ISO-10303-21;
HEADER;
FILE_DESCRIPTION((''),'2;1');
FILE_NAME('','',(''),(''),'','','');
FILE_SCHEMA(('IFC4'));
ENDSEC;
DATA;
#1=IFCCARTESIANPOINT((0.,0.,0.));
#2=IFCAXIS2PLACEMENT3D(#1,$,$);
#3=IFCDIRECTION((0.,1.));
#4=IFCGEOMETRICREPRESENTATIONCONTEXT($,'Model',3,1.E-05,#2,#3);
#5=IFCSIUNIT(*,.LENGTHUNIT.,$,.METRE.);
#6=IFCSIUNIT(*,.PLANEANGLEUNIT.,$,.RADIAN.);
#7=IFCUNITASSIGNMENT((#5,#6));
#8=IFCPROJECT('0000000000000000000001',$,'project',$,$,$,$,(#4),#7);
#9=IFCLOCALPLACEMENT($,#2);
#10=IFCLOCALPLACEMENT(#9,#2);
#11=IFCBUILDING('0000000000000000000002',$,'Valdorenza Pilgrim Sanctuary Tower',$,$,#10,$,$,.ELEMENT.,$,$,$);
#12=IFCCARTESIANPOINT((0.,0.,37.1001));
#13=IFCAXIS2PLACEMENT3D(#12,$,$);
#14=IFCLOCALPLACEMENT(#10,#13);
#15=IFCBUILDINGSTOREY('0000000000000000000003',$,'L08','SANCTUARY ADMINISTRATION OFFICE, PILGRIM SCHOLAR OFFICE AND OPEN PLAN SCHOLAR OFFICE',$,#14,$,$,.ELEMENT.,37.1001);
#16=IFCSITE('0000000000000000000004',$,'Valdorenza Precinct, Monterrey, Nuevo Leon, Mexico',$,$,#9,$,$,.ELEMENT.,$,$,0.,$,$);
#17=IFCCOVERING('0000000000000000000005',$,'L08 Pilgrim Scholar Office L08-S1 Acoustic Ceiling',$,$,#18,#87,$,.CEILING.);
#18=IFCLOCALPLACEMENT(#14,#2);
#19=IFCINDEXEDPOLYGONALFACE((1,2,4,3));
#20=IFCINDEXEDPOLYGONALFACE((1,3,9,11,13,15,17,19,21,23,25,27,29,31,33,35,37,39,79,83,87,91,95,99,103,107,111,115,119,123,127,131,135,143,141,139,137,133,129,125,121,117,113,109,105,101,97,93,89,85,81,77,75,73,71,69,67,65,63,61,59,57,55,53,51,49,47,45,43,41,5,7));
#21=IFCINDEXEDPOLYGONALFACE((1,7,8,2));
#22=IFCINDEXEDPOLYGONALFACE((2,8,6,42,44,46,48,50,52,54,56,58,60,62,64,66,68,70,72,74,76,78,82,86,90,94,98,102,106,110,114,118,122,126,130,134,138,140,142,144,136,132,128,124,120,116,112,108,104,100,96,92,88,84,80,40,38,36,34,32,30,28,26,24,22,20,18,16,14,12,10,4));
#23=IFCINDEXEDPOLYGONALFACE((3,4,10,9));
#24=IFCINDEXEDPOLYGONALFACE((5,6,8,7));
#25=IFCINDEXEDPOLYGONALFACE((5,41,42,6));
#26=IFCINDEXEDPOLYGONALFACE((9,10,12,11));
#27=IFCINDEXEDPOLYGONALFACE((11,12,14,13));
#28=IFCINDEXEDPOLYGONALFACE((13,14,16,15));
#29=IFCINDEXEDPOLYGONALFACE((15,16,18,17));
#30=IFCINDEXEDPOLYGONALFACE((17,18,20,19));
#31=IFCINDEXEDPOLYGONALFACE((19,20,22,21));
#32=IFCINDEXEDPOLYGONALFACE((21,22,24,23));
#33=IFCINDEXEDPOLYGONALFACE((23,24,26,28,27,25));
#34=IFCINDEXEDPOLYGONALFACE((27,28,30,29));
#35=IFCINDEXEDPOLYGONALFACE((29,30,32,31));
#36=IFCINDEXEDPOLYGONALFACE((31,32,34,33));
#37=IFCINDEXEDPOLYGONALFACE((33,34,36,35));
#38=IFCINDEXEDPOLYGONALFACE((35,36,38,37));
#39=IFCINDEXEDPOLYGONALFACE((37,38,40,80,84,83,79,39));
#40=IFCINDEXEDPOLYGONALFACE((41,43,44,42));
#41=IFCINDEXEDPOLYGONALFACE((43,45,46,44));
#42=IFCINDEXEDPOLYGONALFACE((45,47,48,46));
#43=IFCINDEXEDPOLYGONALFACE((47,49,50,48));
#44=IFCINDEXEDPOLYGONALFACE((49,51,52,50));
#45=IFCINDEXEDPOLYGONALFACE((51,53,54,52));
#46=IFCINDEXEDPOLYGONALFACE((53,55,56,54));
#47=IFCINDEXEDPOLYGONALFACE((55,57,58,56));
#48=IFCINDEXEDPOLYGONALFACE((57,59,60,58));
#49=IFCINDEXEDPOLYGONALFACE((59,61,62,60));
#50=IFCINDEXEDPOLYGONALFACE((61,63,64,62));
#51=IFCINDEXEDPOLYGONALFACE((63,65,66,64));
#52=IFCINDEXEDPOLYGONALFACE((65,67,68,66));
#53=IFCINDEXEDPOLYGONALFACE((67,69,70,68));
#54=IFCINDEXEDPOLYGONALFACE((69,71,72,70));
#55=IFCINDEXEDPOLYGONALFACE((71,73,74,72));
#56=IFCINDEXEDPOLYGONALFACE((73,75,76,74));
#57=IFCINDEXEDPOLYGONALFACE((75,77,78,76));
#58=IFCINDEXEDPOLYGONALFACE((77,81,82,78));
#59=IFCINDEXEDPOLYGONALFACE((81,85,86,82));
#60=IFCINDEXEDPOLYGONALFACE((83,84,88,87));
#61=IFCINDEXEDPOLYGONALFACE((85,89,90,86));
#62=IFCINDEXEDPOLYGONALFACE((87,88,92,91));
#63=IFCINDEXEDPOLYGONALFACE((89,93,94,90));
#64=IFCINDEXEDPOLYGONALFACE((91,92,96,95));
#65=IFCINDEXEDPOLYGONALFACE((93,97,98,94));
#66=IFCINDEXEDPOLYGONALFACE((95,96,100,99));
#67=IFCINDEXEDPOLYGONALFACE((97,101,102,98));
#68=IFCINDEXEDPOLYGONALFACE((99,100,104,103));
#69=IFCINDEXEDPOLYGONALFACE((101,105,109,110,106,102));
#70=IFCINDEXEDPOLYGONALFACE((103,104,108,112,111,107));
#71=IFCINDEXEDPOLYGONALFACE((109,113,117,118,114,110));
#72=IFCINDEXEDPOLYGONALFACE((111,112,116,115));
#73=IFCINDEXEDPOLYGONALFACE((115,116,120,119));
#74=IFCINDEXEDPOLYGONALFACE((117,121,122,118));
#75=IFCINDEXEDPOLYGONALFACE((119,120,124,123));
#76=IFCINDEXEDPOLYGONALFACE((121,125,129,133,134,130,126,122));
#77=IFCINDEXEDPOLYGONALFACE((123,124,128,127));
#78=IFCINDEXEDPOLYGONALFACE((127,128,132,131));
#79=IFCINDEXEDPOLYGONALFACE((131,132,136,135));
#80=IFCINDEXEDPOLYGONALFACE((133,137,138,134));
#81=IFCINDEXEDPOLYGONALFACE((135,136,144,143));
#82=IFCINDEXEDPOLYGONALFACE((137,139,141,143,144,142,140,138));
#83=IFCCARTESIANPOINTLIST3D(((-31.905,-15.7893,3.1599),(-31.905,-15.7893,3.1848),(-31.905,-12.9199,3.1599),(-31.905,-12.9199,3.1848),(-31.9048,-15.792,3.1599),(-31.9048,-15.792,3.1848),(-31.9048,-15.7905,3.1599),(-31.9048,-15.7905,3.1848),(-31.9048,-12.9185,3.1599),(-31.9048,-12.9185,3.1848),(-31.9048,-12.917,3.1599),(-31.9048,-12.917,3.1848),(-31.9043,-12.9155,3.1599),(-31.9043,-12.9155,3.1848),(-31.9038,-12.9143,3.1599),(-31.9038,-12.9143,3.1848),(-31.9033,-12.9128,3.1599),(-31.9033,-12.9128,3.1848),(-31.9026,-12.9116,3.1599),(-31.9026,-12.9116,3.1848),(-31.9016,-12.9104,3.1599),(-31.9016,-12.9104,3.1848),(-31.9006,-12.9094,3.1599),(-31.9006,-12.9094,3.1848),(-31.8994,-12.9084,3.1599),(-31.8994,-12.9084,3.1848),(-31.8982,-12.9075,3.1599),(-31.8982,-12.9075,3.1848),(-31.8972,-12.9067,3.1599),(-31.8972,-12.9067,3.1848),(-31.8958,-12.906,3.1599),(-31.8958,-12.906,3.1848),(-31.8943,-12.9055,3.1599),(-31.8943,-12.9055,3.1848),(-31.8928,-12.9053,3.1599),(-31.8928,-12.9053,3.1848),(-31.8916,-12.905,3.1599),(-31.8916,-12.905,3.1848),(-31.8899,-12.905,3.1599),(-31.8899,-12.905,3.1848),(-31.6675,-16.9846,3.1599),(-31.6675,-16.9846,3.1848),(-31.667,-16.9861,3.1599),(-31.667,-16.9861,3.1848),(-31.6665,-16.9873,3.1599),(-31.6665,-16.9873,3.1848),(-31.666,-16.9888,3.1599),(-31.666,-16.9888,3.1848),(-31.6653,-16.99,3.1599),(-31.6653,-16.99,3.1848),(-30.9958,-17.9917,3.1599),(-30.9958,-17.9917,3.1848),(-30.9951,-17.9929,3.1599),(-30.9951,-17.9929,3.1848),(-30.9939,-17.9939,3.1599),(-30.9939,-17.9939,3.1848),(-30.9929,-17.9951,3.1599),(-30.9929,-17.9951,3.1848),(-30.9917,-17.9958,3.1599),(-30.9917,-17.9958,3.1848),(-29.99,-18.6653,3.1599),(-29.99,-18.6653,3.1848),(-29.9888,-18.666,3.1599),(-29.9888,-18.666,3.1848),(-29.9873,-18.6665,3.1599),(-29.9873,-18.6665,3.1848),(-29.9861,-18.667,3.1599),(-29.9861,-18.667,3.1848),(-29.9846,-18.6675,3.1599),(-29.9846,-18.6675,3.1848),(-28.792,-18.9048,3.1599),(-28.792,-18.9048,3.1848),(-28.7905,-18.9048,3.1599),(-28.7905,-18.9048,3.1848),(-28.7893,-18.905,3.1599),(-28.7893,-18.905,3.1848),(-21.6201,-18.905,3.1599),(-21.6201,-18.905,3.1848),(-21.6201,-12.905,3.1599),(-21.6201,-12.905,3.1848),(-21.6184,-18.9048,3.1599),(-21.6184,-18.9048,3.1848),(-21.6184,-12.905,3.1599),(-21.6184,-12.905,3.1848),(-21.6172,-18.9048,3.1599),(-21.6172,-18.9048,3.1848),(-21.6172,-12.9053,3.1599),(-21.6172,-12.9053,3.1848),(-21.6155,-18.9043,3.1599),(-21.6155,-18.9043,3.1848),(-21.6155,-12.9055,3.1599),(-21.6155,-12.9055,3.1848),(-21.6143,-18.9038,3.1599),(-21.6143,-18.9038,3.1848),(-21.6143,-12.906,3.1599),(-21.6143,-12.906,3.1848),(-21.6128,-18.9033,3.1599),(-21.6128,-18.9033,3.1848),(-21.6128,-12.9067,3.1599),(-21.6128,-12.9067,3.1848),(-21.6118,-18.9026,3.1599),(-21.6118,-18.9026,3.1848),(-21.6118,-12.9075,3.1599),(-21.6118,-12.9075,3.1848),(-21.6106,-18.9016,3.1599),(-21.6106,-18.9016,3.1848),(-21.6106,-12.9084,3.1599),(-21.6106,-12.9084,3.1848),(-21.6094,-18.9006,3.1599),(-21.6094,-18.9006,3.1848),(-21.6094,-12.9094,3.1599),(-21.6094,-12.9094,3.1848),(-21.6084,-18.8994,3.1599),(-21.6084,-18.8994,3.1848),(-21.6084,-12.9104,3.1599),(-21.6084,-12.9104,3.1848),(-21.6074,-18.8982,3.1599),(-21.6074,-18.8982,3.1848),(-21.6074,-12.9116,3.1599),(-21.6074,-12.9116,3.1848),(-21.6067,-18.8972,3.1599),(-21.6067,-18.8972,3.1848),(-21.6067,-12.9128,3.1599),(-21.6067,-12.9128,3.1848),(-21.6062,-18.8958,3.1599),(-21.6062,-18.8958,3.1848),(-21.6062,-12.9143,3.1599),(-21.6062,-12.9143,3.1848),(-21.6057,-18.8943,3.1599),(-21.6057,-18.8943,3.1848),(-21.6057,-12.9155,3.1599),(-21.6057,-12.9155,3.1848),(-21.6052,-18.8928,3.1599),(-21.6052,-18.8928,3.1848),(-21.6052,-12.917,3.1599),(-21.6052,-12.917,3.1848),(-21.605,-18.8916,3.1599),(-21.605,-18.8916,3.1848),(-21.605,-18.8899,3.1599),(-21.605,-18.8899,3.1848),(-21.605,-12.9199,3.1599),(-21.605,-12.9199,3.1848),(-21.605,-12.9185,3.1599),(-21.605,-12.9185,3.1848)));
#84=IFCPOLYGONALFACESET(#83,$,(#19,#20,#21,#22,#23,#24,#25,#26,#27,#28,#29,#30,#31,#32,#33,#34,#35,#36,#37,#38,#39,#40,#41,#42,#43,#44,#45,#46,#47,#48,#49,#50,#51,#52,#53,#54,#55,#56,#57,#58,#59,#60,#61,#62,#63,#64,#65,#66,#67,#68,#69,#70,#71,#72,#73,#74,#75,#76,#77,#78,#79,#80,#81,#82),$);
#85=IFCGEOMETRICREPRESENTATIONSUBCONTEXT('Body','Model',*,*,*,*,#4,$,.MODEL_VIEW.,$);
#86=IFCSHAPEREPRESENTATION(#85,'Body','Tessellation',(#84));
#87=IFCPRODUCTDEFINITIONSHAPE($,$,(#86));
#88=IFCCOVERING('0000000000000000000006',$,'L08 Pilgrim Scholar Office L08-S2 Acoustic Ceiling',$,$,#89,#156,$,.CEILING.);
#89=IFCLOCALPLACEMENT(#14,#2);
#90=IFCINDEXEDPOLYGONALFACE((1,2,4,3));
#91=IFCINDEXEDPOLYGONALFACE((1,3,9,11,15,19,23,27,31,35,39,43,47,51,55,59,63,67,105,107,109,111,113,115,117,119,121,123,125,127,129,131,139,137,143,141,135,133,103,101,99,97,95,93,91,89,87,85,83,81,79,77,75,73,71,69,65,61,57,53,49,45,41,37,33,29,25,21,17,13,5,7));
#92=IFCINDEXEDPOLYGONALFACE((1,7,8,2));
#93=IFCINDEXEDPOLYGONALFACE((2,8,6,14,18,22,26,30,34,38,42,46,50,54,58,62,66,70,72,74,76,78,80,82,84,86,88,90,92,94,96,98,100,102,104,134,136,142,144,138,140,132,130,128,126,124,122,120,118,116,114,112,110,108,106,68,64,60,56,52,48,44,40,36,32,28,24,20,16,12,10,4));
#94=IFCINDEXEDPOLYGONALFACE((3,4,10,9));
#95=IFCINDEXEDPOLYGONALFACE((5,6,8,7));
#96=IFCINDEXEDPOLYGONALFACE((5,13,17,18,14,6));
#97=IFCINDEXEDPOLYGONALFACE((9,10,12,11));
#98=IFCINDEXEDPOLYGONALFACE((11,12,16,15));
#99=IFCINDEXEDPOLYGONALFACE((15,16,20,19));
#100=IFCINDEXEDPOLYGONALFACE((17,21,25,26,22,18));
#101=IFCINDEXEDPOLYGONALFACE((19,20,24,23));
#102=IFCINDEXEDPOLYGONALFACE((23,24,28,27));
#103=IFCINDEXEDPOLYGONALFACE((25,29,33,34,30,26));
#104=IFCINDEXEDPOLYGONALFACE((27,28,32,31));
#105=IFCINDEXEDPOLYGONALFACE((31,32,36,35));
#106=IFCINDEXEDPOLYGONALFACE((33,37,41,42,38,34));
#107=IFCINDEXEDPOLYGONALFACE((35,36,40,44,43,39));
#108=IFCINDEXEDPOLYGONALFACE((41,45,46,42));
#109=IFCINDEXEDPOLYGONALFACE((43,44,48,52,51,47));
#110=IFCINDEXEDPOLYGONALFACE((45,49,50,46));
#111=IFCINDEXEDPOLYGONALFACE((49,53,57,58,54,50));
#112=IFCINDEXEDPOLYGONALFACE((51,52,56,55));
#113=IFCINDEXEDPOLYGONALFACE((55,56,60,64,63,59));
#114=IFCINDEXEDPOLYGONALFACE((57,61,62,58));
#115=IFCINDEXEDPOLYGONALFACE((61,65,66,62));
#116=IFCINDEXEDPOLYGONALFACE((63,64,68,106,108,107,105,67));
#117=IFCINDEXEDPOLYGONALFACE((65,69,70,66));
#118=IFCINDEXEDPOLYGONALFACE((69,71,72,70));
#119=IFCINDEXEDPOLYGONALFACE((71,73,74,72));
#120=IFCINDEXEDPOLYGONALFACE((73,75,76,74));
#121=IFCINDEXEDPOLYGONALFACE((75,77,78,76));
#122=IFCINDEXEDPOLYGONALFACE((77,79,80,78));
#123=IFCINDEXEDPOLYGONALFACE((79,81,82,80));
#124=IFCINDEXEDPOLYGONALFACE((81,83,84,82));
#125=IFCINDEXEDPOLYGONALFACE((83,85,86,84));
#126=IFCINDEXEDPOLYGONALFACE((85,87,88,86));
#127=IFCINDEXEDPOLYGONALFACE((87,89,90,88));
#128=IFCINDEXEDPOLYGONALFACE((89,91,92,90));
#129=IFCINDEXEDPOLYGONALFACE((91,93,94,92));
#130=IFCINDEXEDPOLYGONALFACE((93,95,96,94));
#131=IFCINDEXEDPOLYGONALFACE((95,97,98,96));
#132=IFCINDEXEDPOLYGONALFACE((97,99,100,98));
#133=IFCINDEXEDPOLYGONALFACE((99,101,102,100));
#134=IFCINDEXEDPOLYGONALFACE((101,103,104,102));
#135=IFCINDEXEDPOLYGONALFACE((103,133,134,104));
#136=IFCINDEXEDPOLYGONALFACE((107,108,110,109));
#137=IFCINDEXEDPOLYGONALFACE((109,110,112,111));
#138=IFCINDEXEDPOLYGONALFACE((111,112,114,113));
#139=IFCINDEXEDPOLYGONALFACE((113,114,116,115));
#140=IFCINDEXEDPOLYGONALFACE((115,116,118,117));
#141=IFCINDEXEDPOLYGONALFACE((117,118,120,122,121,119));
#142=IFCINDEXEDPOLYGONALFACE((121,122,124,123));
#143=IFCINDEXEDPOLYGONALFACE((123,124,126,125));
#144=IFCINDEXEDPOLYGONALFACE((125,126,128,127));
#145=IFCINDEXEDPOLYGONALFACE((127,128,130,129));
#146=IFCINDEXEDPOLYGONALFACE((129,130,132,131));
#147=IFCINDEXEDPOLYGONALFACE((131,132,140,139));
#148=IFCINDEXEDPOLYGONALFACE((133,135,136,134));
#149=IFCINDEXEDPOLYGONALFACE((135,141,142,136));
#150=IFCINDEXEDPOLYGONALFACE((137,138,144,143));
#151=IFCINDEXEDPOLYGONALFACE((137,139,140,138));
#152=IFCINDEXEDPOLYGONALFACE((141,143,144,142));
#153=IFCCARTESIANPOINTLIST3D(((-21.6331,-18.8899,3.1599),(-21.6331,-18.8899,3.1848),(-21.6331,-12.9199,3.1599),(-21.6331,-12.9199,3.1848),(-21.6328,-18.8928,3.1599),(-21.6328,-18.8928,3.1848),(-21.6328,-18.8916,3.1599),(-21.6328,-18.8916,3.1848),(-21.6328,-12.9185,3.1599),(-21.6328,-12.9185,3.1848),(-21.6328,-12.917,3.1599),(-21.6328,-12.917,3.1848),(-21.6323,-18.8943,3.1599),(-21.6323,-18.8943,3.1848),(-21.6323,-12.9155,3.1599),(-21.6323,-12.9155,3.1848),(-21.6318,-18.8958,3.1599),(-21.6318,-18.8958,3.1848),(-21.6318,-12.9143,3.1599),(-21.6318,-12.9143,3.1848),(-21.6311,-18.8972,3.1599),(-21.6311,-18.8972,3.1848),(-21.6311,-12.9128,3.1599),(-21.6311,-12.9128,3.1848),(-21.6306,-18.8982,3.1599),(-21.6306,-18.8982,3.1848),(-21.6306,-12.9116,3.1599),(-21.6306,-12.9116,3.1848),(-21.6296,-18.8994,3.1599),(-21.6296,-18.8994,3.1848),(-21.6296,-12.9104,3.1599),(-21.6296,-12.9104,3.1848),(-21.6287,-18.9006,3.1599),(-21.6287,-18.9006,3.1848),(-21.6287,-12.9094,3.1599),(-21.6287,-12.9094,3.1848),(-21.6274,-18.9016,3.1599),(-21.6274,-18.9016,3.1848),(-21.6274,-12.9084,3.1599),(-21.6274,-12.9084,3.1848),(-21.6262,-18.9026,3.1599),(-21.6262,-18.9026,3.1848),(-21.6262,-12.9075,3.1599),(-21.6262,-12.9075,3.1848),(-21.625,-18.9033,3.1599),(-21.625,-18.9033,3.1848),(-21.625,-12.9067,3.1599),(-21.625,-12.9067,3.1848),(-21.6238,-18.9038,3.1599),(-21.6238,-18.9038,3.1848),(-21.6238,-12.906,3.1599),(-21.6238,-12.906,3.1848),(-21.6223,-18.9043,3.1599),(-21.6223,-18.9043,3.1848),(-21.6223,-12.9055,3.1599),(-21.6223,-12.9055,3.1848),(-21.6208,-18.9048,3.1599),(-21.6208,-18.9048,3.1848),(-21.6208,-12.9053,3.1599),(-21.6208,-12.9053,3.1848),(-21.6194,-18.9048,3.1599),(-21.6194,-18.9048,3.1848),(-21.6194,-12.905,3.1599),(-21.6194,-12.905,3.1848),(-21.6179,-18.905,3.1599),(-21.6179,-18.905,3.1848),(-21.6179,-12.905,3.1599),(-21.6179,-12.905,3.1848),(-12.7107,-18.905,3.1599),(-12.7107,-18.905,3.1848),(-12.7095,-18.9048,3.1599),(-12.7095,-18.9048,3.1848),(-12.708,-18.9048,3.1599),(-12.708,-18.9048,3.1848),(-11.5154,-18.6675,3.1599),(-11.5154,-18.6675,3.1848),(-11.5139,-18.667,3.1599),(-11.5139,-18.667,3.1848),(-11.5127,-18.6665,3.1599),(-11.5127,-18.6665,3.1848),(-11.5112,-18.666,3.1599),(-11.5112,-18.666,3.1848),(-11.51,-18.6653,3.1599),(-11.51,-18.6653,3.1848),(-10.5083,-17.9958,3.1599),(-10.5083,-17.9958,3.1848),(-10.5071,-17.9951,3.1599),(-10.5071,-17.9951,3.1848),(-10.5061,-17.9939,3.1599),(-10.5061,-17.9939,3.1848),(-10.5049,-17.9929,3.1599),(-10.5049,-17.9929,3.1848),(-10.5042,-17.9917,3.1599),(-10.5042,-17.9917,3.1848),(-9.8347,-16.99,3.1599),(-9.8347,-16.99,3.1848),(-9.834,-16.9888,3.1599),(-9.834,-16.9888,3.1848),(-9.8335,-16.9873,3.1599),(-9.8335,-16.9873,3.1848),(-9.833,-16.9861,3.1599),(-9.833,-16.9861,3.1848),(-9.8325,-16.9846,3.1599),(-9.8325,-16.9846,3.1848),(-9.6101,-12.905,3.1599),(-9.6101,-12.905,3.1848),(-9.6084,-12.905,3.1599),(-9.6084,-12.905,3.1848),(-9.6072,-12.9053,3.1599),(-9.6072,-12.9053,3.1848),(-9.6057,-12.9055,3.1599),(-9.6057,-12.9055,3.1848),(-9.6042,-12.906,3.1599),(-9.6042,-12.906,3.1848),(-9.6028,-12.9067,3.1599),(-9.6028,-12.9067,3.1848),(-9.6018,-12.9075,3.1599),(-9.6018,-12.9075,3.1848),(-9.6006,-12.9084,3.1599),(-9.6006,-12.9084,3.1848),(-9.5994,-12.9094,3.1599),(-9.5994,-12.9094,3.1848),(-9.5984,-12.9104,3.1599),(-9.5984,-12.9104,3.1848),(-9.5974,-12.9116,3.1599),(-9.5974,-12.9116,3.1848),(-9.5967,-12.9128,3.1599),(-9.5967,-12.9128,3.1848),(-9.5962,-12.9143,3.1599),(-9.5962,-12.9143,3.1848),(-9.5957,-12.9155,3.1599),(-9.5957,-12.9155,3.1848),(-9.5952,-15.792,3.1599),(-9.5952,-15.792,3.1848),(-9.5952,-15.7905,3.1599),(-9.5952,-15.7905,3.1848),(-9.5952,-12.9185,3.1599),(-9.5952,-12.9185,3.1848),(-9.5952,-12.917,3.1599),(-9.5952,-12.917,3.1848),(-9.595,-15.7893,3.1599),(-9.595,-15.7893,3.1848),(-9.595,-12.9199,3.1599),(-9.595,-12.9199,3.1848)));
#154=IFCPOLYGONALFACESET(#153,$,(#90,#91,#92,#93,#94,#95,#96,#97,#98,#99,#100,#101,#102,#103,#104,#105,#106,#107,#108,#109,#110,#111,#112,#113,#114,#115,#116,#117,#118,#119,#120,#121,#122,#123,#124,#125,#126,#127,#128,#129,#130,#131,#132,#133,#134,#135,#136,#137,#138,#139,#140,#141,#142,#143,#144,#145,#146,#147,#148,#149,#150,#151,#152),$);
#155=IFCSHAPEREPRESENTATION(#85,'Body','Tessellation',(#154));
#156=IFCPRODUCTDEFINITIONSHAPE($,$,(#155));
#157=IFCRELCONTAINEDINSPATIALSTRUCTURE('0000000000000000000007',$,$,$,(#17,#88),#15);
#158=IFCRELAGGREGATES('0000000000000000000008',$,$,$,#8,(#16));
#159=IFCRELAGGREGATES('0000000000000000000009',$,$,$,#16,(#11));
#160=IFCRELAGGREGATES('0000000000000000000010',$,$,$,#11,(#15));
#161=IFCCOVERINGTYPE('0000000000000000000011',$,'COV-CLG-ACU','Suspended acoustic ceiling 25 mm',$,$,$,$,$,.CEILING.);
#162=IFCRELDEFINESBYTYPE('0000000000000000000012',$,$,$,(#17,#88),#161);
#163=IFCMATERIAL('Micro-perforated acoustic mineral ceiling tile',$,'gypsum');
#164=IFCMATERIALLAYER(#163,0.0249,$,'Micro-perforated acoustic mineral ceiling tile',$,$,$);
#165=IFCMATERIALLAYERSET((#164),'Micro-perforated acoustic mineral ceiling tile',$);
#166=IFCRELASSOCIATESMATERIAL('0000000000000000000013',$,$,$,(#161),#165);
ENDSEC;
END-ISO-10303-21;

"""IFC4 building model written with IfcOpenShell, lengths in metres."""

from ifc_helpers import new_model, si_unit, direction, frame, origin, place, context, subcontext, project, spatial, polyline, outline, extrude, material, layer, layer_set, type_object, element, save


model = new_model("IFC4")

# Units and contexts
model_context = context("Model", 3, precision=1e-05, world=origin(), true_north=direction((0.0, 1.0)))
body_context = subcontext(model_context, "Body", "Model", "MODEL_VIEW")
ifc_project = project(units=[si_unit("LENGTHUNIT", "METRE"), si_unit("PLANEANGLEUNIT", "RADIAN")], contexts=[model_context])

# Site, building, storey
site_placement = place(None, origin())
site = spatial("IfcSite", under=ifc_project, at=site_placement, Name="Valdorenza Precinct, Monterrey, Nuevo Leon, Mexico", CompositionType="ELEMENT", RefElevation=0.0)
building_placement = place(site_placement, origin())
building = spatial("IfcBuilding", under=site, at=building_placement, Name="Valdorenza Pilgrim Sanctuary Tower", CompositionType="ELEMENT")
storey_placement = place(building_placement, frame((0.0, 0.0, 37.1001)))
storey = spatial("IfcBuildingStorey", under=building, at=storey_placement, Name="L08", Description="SANCTUARY ADMINISTRATION OFFICE, PILGRIM SCHOLAR OFFICE AND OPEN PLAN SCHOLAR OFFICE", CompositionType="ELEMENT", Elevation=37.1001)

# Coverings
ifc_material_1 = material(Name="Micro-perforated acoustic mineral ceiling tile", Category="gypsum")
ifc_layer_1 = layer(ifc_material_1, 0.0249, Name="Micro-perforated acoustic mineral ceiling tile")
ifc_layer_set_1 = layer_set([ifc_layer_1], Name="Micro-perforated acoustic mineral ceiling tile")
covering_type_1 = type_object("IfcCoveringType", Name="COV-CLG-ACU", Description="Suspended acoustic ceiling 25 mm", PredefinedType="CEILING", material=ifc_layer_set_1)
covering_1_placement = place(storey_placement, frame((0.0, 0.0, 3.1599)))
element("IfcCovering", 1, at=covering_1_placement, inside=storey, type_object=covering_type_1, Name="L08 Pilgrim Scholar Office L08-S1 Acoustic Ceiling", PredefinedType="CEILING", context=body_context, shape_type="SweptSolid", body=[
    extrude(outline(polyline([(-21.605, -18.8899), (-21.605, -18.8916), (-21.6052, -18.8928), (-21.6057, -18.8943), (-21.6062, -18.8958), (-21.6067, -18.8972), (-21.6074, -18.8982), (-21.6084, -18.8994), (-21.6094, -18.9006), (-21.6106, -18.9016), (-21.6118, -18.9026), (-21.6128, -18.9033), (-21.6143, -18.9038), (-21.6155, -18.9043), (-21.6172, -18.9048), (-21.6184, -18.9048), (-21.6201, -18.905), (-28.7893, -18.905), (-28.7905, -18.9048), (-28.792, -18.9048), (-29.9846, -18.6675), (-29.9861, -18.667), (-29.9873, -18.6665), (-29.9888, -18.666), (-29.99, -18.6653), (-30.9917, -17.9958), (-30.9929, -17.9951), (-30.9939, -17.9939), (-30.9951, -17.9929), (-30.9958, -17.9917), (-31.6653, -16.99), (-31.666, -16.9888), (-31.6665, -16.9873), (-31.667, -16.9861), (-31.6675, -16.9846), (-31.9048, -15.792), (-31.9048, -15.7905), (-31.905, -15.7893), (-31.905, -12.9199), (-31.9048, -12.9185), (-31.9048, -12.917), (-31.9043, -12.9155), (-31.9038, -12.9143), (-31.9033, -12.9128), (-31.9026, -12.9116), (-31.9016, -12.9104), (-31.9006, -12.9094), (-31.8994, -12.9084), (-31.8982, -12.9075), (-31.8972, -12.9067), (-31.8958, -12.906), (-31.8943, -12.9055), (-31.8928, -12.9053), (-31.8916, -12.905), (-31.8899, -12.905), (-21.6201, -12.905), (-21.6184, -12.905), (-21.6172, -12.9053), (-21.6155, -12.9055), (-21.6143, -12.906), (-21.6128, -12.9067), (-21.6118, -12.9075), (-21.6106, -12.9084), (-21.6094, -12.9094), (-21.6084, -12.9104), (-21.6074, -12.9116), (-21.6067, -12.9128), (-21.6062, -12.9143), (-21.6057, -12.9155), (-21.6052, -12.917), (-21.605, -12.9185), (-21.605, -12.9199), (-21.605, -18.8899)])), origin(), (0.0, 0.0, 1.0), 0.0249),
])
covering_2_placement = place(storey_placement, frame((0.0, 0.0, 3.1599)))
element("IfcCovering", 2, at=covering_2_placement, inside=storey, type_object=covering_type_1, Name="L08 Pilgrim Scholar Office L08-S2 Acoustic Ceiling", PredefinedType="CEILING", context=body_context, shape_type="SweptSolid", body=[
    extrude(outline(polyline([(-9.6101, -12.905), (-9.6084, -12.905), (-9.6072, -12.9053), (-9.6057, -12.9055), (-9.6042, -12.906), (-9.6028, -12.9067), (-9.6018, -12.9075), (-9.6006, -12.9084), (-9.5994, -12.9094), (-9.5984, -12.9104), (-9.5974, -12.9116), (-9.5967, -12.9128), (-9.5962, -12.9143), (-9.5957, -12.9155), (-9.5952, -12.917), (-9.5952, -12.9185), (-9.595, -12.9199), (-9.595, -15.7893), (-9.5952, -15.7905), (-9.5952, -15.792), (-9.8325, -16.9846), (-9.833, -16.9861), (-9.8335, -16.9873), (-9.834, -16.9888), (-9.8347, -16.99), (-10.5042, -17.9917), (-10.5049, -17.9929), (-10.5061, -17.9939), (-10.5071, -17.9951), (-10.5083, -17.9958), (-11.51, -18.6653), (-11.5112, -18.666), (-11.5127, -18.6665), (-11.5139, -18.667), (-11.5154, -18.6675), (-12.708, -18.9048), (-12.7095, -18.9048), (-12.7107, -18.905), (-21.6179, -18.905), (-21.6194, -18.9048), (-21.6208, -18.9048), (-21.6223, -18.9043), (-21.6238, -18.9038), (-21.625, -18.9033), (-21.6262, -18.9026), (-21.6274, -18.9016), (-21.6287, -18.9006), (-21.6296, -18.8994), (-21.6306, -18.8982), (-21.6311, -18.8972), (-21.6318, -18.8958), (-21.6323, -18.8943), (-21.6328, -18.8928), (-21.6328, -18.8916), (-21.6331, -18.8899), (-21.6331, -12.9199), (-21.6328, -12.9185), (-21.6328, -12.917), (-21.6323, -12.9155), (-21.6318, -12.9143), (-21.6311, -12.9128), (-21.6306, -12.9116), (-21.6296, -12.9104), (-21.6287, -12.9094), (-21.6274, -12.9084), (-21.6262, -12.9075), (-21.625, -12.9067), (-21.6238, -12.906), (-21.6223, -12.9055), (-21.6208, -12.9053), (-21.6194, -12.905), (-21.6179, -12.905), (-9.6101, -12.905)])), origin(), (0.0, 0.0, 1.0), 0.0249),
])

save(model, "model.ifc")
